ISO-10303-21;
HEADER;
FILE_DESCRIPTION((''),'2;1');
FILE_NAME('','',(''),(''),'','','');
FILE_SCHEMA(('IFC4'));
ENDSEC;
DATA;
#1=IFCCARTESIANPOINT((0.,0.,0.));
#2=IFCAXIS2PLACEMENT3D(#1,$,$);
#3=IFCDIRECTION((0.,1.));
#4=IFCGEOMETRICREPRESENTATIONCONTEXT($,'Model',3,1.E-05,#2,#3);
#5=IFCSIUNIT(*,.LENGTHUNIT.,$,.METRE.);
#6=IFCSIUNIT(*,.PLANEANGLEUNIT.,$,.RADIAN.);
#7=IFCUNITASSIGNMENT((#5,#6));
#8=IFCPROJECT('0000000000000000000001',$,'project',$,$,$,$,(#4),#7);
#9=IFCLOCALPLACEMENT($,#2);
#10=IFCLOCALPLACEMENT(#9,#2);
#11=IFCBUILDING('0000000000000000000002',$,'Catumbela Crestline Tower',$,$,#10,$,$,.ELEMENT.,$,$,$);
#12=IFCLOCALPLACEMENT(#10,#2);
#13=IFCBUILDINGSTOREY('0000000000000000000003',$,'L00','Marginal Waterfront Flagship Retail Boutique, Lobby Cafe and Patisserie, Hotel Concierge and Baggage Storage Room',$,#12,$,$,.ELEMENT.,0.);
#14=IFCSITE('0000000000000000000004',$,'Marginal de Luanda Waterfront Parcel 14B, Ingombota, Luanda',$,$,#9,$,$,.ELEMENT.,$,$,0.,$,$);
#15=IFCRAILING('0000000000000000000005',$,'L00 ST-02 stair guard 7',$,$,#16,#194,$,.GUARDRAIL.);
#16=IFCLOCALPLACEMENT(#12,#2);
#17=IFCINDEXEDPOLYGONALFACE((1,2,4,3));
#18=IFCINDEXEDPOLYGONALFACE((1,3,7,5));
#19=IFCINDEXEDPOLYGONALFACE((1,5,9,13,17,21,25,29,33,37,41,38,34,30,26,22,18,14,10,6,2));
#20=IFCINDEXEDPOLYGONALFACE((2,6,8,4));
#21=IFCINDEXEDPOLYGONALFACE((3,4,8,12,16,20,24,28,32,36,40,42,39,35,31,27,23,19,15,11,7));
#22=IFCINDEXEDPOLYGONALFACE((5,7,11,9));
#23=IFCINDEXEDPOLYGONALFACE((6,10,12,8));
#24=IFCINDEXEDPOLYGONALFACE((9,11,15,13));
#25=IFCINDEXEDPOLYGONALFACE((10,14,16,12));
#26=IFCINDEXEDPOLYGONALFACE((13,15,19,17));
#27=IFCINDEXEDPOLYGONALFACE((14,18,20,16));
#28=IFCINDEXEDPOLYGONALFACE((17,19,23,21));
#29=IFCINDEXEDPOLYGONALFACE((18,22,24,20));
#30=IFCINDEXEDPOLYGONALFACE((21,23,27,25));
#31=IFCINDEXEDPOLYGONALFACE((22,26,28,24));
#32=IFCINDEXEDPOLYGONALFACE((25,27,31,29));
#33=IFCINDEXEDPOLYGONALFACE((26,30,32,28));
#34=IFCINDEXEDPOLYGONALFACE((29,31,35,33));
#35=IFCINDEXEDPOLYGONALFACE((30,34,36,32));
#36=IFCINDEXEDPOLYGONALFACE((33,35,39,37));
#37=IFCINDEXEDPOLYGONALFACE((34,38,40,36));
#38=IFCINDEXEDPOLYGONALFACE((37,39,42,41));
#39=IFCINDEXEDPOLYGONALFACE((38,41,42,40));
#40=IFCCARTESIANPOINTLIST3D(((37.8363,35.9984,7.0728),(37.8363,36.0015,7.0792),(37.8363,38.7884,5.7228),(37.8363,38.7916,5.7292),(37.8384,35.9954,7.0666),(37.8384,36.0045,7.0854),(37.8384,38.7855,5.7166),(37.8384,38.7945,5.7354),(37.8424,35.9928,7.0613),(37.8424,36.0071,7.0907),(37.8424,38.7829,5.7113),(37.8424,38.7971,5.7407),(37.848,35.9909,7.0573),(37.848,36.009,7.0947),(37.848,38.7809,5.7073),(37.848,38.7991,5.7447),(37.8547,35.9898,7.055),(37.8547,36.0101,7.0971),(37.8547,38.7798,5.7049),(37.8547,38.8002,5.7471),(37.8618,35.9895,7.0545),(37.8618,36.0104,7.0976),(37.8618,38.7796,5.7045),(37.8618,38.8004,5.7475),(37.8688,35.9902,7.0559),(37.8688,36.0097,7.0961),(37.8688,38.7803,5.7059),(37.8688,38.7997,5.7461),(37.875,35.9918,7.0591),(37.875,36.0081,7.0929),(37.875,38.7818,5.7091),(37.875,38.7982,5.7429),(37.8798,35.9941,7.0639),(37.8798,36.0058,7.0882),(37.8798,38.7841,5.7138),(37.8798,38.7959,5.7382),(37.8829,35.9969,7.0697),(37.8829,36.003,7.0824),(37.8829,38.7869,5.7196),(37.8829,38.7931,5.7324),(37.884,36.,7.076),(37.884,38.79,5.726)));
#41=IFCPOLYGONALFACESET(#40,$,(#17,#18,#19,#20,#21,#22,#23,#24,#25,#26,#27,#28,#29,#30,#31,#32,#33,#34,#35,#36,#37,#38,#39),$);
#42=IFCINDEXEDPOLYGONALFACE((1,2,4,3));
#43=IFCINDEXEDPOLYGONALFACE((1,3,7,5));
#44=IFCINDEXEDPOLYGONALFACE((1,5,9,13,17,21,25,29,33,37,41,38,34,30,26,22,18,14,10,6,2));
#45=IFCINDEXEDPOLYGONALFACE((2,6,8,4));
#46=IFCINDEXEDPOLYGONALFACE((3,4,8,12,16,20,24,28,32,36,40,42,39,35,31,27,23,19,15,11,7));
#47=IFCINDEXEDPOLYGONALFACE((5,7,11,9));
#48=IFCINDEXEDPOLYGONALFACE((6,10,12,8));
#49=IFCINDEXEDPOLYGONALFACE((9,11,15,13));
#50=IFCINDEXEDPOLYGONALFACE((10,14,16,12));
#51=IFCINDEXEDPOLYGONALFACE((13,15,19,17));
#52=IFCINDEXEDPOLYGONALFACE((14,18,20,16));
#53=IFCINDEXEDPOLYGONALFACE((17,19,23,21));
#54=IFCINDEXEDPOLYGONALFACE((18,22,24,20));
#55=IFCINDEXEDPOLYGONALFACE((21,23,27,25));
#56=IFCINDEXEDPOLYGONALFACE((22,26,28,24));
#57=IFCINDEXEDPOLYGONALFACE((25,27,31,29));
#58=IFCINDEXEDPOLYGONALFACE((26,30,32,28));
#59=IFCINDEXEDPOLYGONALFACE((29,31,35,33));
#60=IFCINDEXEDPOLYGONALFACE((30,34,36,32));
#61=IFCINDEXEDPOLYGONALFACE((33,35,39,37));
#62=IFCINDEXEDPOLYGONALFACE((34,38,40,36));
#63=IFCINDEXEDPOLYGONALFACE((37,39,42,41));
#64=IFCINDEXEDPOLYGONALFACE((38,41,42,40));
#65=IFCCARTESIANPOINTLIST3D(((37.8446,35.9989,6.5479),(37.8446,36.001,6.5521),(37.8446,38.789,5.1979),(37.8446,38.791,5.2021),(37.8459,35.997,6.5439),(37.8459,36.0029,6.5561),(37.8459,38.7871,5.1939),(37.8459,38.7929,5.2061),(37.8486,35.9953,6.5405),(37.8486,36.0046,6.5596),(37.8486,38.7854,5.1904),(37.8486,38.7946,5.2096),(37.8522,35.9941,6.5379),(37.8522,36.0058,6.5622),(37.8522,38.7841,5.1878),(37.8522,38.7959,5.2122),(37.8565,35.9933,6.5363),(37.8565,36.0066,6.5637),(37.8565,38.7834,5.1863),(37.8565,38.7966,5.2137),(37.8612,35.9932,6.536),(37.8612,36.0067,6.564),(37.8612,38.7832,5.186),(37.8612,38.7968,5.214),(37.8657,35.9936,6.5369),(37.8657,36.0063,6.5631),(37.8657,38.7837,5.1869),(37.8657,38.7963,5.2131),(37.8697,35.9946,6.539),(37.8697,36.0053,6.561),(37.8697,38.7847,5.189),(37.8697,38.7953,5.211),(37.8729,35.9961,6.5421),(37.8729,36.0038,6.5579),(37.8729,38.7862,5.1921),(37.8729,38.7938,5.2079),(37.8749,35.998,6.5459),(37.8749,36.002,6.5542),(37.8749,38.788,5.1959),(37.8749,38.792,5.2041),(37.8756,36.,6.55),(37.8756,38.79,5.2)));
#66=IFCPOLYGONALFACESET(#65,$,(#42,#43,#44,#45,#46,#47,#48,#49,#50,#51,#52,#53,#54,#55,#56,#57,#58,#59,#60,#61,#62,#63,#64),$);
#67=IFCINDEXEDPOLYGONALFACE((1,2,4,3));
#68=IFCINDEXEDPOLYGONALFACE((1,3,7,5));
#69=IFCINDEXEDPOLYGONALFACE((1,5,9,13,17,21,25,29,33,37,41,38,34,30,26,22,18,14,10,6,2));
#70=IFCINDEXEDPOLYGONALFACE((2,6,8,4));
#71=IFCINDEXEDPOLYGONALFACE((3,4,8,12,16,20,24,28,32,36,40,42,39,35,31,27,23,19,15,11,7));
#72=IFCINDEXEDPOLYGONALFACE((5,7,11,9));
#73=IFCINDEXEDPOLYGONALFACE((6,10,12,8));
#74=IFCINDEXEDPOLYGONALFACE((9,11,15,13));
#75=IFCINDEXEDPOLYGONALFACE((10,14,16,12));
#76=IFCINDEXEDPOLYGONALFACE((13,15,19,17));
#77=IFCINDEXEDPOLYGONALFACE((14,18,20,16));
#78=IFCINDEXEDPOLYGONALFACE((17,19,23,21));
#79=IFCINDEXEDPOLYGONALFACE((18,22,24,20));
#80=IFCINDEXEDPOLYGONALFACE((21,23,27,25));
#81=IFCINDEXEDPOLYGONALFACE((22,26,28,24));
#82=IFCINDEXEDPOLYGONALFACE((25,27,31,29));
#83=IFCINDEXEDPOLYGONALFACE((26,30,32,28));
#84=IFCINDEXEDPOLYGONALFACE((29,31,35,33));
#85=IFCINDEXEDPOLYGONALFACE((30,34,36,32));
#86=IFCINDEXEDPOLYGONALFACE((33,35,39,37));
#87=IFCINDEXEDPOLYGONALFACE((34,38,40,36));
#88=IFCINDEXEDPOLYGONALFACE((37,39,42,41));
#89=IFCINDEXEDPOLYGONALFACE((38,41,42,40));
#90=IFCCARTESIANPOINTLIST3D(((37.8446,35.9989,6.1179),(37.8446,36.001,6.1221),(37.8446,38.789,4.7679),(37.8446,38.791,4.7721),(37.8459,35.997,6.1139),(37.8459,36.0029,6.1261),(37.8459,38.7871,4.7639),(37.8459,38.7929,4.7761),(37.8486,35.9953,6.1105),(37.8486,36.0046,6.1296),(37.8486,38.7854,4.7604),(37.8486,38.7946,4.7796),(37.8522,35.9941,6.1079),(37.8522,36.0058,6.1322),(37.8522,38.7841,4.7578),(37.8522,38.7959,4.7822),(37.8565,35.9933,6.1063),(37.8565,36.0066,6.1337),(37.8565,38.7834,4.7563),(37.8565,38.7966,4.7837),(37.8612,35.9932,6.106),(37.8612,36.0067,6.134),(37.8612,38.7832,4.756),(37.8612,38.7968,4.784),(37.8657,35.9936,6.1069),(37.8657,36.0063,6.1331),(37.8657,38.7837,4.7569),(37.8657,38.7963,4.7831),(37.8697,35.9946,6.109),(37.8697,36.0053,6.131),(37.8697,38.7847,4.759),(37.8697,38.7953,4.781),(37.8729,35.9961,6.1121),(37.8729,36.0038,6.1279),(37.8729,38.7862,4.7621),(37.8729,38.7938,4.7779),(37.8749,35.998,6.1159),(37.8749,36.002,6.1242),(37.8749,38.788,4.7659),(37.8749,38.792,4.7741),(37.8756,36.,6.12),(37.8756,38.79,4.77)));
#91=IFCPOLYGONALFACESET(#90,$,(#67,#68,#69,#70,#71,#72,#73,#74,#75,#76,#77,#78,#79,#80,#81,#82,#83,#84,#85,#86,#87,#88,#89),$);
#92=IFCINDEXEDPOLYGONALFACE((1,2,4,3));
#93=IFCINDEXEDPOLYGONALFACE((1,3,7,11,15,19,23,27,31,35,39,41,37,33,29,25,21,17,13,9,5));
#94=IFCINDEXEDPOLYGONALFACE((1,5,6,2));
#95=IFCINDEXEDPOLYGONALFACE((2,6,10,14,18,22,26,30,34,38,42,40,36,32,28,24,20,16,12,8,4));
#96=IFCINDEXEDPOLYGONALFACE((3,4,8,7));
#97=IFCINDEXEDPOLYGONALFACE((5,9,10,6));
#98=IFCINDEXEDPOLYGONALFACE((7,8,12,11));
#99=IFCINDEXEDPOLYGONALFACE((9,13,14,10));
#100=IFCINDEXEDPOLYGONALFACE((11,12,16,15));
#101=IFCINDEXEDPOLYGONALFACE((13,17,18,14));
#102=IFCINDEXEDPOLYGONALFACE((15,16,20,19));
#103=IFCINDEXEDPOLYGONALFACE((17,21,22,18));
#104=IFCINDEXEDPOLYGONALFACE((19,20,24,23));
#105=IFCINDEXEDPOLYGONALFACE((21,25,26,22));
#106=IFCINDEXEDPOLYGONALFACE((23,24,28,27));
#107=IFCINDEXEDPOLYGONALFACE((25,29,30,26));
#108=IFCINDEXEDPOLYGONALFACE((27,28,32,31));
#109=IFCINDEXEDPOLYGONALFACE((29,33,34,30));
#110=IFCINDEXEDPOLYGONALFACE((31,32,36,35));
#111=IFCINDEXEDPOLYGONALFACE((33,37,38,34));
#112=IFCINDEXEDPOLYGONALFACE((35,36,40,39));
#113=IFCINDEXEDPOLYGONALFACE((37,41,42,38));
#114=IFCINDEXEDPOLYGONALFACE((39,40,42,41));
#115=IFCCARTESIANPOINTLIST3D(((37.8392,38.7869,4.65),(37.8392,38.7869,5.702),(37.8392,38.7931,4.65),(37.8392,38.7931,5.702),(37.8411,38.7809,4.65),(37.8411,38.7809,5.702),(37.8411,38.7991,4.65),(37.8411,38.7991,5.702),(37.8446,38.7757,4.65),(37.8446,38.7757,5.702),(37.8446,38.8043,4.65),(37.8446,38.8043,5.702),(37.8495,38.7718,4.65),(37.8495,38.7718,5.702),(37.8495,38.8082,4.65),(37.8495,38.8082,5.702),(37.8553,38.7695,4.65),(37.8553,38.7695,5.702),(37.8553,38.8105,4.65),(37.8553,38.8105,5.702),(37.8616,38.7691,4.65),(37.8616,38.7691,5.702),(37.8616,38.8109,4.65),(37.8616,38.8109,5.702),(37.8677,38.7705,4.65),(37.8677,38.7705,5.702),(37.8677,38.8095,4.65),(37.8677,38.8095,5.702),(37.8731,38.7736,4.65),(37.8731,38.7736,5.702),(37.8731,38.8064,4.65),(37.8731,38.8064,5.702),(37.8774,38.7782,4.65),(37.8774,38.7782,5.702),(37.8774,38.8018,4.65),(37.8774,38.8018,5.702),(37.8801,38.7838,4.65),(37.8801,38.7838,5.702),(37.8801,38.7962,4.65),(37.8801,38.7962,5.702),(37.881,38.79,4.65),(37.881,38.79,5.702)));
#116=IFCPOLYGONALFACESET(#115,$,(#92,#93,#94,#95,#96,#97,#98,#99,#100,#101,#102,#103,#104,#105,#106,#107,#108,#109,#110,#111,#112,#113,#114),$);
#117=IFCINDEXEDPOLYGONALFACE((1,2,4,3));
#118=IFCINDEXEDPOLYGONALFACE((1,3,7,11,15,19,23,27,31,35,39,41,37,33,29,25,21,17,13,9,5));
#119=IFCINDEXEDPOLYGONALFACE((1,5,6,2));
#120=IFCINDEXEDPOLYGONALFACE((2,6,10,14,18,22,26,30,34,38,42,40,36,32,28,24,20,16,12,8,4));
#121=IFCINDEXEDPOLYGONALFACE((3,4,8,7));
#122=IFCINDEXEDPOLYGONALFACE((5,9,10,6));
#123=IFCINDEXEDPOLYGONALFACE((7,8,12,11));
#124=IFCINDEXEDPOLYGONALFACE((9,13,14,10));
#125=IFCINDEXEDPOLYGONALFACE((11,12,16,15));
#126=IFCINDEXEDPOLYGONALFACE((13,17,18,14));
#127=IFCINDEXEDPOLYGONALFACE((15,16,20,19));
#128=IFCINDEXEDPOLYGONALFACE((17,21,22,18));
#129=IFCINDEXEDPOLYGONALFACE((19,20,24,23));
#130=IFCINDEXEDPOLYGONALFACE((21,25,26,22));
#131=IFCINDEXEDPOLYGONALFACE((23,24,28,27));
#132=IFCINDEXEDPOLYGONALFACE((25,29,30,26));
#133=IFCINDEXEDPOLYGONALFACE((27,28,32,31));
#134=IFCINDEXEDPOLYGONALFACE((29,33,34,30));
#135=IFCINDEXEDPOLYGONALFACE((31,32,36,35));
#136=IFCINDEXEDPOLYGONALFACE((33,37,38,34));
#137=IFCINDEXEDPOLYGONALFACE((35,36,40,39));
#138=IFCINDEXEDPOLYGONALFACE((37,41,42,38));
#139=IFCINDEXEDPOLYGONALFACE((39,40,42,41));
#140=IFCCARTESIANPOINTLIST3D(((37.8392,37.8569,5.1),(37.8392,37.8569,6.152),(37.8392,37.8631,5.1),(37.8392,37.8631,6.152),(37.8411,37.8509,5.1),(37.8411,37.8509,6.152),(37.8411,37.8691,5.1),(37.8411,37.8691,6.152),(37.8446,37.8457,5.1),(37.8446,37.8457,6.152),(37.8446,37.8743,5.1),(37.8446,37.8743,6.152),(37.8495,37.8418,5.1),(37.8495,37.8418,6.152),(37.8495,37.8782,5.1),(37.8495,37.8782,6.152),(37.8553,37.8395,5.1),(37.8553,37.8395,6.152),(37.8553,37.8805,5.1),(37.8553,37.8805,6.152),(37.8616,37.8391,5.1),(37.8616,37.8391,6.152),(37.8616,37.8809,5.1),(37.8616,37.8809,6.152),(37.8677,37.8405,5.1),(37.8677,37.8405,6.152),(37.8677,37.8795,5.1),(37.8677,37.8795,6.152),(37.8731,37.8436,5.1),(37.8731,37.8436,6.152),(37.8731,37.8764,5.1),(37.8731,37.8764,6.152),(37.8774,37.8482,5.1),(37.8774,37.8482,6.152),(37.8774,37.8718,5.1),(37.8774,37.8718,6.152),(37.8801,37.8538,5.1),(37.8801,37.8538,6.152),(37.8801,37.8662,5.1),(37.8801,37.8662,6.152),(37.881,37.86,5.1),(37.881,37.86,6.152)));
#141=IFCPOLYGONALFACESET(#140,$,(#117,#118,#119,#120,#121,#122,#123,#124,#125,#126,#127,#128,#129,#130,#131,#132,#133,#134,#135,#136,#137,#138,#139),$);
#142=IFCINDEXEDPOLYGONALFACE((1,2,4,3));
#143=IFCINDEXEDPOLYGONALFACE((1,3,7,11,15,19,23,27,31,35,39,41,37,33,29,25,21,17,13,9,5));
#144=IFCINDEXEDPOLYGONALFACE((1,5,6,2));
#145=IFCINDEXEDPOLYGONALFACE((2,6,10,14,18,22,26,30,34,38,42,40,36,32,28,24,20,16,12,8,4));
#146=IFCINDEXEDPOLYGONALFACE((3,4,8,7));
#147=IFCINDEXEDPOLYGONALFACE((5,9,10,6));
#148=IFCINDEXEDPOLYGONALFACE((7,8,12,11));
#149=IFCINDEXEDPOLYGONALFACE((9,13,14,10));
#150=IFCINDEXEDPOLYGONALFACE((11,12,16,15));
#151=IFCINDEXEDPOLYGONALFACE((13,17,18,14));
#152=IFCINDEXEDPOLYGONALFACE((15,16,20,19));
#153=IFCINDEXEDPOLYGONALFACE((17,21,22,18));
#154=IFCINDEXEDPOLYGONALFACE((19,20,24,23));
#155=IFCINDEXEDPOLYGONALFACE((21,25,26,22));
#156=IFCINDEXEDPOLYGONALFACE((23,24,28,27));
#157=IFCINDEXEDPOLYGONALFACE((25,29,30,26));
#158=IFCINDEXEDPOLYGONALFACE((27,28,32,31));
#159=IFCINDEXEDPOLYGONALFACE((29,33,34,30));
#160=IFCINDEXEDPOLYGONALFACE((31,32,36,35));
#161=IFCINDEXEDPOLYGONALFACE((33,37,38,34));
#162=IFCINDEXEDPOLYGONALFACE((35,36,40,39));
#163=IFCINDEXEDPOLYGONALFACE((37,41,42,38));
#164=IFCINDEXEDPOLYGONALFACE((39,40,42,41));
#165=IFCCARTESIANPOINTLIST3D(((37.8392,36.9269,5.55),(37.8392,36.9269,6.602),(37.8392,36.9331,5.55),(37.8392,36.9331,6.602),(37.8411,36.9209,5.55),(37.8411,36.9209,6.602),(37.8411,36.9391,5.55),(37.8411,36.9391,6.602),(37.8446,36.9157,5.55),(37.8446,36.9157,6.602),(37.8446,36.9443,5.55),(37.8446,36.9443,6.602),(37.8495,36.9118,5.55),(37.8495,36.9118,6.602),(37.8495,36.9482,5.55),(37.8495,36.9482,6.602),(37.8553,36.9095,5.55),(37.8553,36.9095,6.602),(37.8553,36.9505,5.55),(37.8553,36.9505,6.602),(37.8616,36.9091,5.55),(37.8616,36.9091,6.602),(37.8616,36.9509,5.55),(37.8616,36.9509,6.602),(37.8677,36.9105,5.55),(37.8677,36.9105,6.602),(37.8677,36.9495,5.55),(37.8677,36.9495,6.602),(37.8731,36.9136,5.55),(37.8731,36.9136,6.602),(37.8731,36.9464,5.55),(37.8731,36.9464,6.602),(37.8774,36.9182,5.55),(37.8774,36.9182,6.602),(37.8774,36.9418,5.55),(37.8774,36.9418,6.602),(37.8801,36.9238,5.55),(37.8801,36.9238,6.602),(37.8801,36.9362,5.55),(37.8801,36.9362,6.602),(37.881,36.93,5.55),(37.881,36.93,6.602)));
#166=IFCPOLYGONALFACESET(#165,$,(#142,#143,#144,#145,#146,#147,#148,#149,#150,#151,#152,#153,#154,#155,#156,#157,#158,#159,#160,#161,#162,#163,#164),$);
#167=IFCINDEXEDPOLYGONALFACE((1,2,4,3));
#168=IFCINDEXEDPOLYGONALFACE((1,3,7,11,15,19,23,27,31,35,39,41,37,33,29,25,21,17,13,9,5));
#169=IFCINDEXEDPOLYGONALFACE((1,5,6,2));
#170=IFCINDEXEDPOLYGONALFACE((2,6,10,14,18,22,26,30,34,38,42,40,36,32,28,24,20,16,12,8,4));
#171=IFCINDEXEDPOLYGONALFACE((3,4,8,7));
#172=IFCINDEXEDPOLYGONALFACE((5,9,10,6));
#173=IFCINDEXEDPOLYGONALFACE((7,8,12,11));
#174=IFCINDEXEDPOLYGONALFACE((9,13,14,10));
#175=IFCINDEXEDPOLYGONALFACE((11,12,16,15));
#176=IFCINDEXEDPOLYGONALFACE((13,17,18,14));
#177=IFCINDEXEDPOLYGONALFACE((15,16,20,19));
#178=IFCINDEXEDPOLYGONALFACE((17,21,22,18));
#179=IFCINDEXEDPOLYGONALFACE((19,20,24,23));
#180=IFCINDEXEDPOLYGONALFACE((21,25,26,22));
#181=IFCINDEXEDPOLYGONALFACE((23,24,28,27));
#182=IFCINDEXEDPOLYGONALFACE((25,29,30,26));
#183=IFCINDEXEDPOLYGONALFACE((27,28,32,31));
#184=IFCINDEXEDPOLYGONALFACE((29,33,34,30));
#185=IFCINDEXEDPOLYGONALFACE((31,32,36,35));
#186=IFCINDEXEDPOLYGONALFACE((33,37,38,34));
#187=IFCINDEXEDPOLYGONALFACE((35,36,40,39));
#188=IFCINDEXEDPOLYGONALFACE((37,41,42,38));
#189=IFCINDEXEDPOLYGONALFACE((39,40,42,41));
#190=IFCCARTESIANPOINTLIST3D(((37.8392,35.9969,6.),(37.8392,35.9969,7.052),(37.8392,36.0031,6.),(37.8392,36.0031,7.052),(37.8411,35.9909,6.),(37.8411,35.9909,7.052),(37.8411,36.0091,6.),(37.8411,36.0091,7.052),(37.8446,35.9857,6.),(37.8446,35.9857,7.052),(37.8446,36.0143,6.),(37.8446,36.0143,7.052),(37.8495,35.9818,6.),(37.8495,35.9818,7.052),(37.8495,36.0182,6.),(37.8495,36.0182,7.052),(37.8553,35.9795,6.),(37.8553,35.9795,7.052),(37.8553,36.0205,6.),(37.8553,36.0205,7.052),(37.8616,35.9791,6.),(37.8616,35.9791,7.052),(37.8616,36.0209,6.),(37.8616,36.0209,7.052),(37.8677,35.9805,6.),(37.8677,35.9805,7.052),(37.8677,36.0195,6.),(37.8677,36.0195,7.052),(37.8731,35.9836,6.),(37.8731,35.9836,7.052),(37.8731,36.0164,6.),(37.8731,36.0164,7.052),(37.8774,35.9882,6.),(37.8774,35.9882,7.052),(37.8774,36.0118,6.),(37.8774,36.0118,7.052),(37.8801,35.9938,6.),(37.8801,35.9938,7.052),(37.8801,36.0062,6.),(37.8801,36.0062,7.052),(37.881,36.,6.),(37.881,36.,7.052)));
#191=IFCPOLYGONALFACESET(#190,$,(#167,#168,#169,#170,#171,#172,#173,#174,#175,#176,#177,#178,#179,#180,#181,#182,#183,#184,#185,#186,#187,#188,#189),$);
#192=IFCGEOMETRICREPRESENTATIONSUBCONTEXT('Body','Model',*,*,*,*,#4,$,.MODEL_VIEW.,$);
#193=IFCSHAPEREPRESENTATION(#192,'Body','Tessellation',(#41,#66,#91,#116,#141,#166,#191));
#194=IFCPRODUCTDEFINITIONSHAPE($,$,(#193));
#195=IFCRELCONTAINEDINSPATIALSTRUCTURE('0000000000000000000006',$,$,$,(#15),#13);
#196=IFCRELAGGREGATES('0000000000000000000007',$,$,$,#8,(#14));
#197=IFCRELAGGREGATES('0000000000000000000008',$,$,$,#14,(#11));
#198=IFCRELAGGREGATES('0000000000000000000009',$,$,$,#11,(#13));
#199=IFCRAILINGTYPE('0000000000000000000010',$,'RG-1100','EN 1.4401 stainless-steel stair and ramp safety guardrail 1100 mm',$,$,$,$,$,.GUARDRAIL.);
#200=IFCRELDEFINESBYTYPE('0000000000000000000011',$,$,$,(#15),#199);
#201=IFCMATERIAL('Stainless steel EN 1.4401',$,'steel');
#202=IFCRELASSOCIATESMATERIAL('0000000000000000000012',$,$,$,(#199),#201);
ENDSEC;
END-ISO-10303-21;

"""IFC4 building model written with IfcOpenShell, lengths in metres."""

from ifc_helpers import new_model, si_unit, direction, frame, origin, origin_2d, place, context, subcontext, project, spatial, circle, extrude, material, type_object, element, save


model = new_model("IFC4")

# Units and contexts
model_context = context("Model", 3, precision=1e-05, world=origin(), true_north=direction((0.0, 1.0)))
body_context = subcontext(model_context, "Body", "Model", "MODEL_VIEW")
ifc_project = project(units=[si_unit("LENGTHUNIT", "METRE"), si_unit("PLANEANGLEUNIT", "RADIAN")], contexts=[model_context])

# Site, building, storey
site_placement = place(None, origin())
site = spatial("IfcSite", under=ifc_project, at=site_placement, Name="Marginal de Luanda Waterfront Parcel 14B, Ingombota, Luanda", CompositionType="ELEMENT", RefElevation=0.0)
building_placement = place(site_placement, origin())
building = spatial("IfcBuilding", under=site, at=building_placement, Name="Catumbela Crestline Tower", CompositionType="ELEMENT")
storey_placement = place(building_placement, origin())
storey = spatial("IfcBuildingStorey", under=building, at=storey_placement, Name="L00", Description="Marginal Waterfront Flagship Retail Boutique, Lobby Cafe and Patisserie, Hotel Concierge and Baggage Storage Room", CompositionType="ELEMENT", Elevation=0.0)

# Shared definitions
ifc_material_1 = material(Name="Stainless steel EN 1.4401", Category="steel")

# Railing
railing_type = type_object("IfcRailingType", Name="RG-1100", Description="EN 1.4401 stainless-steel stair and ramp safety guardrail 1100 mm", PredefinedType="GUARDRAIL", material=ifc_material_1)
railing_placement = place(storey_placement, frame((37.86, 38.79, 4.65)))
element("IfcRailing", 1, at=railing_placement, inside=storey, type_object=railing_type, Name="L00 ST-02 stair guard 7", PredefinedType="GUARDRAIL", context=body_context, shape_type="SweptSolid", body=[
    extrude(circle(Radius=0.024, at=origin_2d()), frame((0.0, 0.0, 1.076), z_axis=(0.0, -0.900159, 0.435561), x_axis=(1.0, 0.0, 0.0)), (0.0, 0.0, 1.0), 3.0995),
    extrude(circle(Radius=0.0156, at=origin_2d()), frame((0.0, 0.0, 0.55), z_axis=(0.0, -0.900159, 0.435561), x_axis=(1.0, 0.0, 0.0)), (0.0, 0.0, 1.0), 3.0995),
    extrude(circle(Radius=0.0156, at=origin_2d()), frame((0.0, 0.0, 0.12), z_axis=(0.0, -0.900159, 0.435561), x_axis=(1.0, 0.0, 0.0)), (0.0, 0.0, 1.0), 3.0995),
    extrude(circle(Radius=0.021, at=origin_2d()), origin(), (0.0, 0.0, 1.0), 1.052),
    extrude(circle(Radius=0.021, at=origin_2d()), frame((0.0, -0.93, 0.45)), (0.0, 0.0, 1.0), 1.052),
    extrude(circle(Radius=0.021, at=origin_2d()), frame((0.0, -1.86, 0.9)), (0.0, 0.0, 1.0), 1.052),
    extrude(circle(Radius=0.021, at=origin_2d()), frame((0.0, -2.79, 1.35)), (0.0, 0.0, 1.0), 1.052),
])

save(model, "model.ifc")
